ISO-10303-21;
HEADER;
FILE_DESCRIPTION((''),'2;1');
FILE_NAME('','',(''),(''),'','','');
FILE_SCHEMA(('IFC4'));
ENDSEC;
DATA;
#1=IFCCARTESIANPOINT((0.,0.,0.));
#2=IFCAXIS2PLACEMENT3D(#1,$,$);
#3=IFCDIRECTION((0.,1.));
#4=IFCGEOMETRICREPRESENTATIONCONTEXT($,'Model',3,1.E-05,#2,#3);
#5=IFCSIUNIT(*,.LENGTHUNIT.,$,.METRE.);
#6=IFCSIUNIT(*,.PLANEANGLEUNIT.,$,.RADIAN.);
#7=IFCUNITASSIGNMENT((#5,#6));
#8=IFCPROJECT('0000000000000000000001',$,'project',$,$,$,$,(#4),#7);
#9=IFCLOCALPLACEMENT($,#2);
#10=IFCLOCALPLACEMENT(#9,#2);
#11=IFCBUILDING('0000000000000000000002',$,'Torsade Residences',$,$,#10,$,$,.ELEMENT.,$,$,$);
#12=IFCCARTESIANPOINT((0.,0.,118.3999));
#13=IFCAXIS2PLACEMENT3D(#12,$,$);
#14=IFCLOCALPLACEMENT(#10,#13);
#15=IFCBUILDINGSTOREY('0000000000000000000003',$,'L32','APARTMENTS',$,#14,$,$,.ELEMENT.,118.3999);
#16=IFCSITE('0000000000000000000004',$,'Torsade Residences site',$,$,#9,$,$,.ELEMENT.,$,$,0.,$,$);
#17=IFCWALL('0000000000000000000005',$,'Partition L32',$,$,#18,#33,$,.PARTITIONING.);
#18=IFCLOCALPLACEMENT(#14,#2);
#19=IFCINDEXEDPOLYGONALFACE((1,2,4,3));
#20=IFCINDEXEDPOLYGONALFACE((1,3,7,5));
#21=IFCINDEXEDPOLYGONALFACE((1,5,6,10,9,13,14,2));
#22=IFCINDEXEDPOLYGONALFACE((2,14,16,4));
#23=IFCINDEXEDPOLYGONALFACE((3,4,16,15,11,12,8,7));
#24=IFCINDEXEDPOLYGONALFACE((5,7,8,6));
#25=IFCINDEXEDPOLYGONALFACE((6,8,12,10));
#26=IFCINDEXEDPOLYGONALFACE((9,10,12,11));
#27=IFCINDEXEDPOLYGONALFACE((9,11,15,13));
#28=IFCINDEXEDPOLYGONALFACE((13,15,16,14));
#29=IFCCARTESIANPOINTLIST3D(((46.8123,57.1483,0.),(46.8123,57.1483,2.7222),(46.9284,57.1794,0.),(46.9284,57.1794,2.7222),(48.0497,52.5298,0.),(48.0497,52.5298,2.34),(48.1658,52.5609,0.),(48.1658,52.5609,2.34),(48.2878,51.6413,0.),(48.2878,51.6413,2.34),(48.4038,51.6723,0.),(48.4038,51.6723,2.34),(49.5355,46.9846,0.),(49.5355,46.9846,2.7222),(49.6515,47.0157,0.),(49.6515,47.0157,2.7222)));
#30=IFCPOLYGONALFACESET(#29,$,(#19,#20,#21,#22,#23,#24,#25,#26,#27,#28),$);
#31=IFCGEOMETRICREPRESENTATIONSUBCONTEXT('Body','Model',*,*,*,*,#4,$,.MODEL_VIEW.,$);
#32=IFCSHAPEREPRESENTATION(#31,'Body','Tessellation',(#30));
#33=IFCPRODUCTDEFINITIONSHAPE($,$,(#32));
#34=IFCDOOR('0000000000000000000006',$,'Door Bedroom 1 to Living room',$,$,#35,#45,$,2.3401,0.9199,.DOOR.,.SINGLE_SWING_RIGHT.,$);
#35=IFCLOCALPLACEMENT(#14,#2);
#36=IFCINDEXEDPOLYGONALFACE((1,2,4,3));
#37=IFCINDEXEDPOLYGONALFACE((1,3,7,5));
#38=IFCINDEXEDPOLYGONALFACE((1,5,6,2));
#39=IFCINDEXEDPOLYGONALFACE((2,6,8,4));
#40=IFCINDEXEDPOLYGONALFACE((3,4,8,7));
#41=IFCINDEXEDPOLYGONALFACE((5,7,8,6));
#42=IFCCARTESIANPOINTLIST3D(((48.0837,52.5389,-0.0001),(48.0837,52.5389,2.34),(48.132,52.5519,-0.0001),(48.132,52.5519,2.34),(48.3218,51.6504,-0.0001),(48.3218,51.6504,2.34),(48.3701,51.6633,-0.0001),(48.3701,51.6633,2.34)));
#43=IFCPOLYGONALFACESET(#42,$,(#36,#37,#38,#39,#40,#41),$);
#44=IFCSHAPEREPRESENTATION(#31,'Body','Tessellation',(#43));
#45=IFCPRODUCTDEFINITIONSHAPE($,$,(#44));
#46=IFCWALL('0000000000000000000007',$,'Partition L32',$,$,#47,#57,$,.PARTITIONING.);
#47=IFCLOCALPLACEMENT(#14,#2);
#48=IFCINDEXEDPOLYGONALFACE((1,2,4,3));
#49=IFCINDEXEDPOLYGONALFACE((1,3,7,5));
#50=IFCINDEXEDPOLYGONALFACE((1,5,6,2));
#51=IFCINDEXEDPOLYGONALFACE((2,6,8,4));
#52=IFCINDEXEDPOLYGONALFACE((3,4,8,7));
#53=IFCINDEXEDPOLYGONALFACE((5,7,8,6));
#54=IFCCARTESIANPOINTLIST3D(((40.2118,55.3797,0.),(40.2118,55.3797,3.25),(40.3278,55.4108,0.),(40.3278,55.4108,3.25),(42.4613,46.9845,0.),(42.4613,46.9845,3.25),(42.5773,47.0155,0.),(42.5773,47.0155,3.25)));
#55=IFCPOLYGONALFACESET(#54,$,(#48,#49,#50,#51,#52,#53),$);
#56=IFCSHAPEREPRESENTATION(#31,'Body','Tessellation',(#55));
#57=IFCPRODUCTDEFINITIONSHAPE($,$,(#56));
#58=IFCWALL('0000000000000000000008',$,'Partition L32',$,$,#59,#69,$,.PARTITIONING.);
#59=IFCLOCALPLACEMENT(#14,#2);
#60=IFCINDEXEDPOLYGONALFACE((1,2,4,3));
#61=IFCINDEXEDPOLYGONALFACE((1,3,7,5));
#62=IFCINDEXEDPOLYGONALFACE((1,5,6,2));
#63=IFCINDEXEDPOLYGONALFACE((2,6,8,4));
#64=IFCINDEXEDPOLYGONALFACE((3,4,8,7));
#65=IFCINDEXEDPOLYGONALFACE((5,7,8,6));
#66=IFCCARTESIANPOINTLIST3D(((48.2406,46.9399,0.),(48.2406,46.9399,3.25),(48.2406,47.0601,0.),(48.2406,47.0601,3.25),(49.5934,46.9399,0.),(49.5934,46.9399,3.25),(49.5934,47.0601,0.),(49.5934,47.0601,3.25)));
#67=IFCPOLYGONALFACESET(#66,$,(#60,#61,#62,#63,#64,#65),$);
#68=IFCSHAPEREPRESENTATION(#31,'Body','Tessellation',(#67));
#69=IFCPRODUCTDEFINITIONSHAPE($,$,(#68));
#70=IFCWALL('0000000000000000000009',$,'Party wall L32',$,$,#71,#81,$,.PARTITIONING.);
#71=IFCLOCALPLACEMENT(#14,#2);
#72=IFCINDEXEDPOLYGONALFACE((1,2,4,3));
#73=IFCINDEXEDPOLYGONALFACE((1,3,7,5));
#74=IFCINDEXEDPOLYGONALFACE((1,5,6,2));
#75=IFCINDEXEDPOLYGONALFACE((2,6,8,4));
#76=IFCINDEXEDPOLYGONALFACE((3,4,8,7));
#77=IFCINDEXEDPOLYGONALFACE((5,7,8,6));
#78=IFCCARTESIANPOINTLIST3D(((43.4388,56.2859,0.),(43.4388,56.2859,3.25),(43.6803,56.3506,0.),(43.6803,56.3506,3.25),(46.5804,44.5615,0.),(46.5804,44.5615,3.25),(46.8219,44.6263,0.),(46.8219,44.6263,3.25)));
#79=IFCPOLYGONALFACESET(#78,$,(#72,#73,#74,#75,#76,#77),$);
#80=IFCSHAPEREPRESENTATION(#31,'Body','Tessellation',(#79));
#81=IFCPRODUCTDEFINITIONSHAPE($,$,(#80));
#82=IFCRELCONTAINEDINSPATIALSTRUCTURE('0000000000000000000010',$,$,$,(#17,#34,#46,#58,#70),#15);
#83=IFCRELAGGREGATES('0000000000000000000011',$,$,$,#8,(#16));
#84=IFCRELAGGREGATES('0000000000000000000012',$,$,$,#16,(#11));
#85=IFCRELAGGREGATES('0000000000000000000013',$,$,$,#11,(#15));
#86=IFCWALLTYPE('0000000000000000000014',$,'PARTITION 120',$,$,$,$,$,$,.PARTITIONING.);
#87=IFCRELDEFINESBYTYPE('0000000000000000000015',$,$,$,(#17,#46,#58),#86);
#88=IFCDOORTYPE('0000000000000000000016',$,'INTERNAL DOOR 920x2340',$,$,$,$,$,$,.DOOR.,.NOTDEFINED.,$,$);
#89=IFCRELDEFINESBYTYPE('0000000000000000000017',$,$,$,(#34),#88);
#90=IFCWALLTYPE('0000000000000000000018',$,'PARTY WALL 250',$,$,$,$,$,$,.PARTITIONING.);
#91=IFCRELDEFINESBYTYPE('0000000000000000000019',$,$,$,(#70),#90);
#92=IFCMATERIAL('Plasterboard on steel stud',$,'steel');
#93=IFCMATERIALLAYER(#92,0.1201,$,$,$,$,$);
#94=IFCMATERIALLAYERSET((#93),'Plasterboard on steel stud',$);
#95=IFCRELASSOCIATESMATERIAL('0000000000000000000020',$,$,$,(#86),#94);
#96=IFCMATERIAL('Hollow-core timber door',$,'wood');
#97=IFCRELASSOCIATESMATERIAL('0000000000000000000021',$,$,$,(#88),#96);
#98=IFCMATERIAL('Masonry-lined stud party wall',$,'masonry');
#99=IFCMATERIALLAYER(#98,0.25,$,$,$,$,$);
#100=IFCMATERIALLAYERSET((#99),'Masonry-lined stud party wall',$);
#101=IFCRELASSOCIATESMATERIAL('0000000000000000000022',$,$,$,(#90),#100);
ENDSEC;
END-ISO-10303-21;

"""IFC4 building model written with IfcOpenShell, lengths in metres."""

from ifc_helpers import new_model, si_unit, direction, frame, frame_2d, origin, place, context, subcontext, project, spatial, rectangle, extrude, material, layer, layer_set, type_object, element, fill, save


model = new_model("IFC4")

# Units and contexts
model_context = context("Model", 3, precision=1e-05, world=origin(), true_north=direction((0.0, 1.0)))
body_context = subcontext(model_context, "Body", "Model", "MODEL_VIEW")
ifc_project = project(units=[si_unit("LENGTHUNIT", "METRE"), si_unit("PLANEANGLEUNIT", "RADIAN")], contexts=[model_context])

# Site, building, storey
site_placement = place(None, origin())
site = spatial("IfcSite", under=ifc_project, at=site_placement, Name="Torsade Residences site", CompositionType="ELEMENT", RefElevation=0.0)
building_placement = place(site_placement, origin())
building = spatial("IfcBuilding", under=site, at=building_placement, Name="Torsade Residences", CompositionType="ELEMENT")
storey_placement = place(building_placement, frame((0.0, 0.0, 118.3999)))
storey = spatial("IfcBuildingStorey", under=building, at=storey_placement, Name="L32", Description="APARTMENTS", CompositionType="ELEMENT", Elevation=118.3999)

# Wall, opening, door
ifc_material_1 = material(Name="Plasterboard on steel stud", Category="steel")
ifc_layer_1 = layer(ifc_material_1, 0.1201)
ifc_layer_set_1 = layer_set([ifc_layer_1], Name="Plasterboard on steel stud")
wall_type_1 = type_object("IfcWallType", Name="PARTITION 120", PredefinedType="PARTITIONING", material=ifc_layer_set_1)
wall_1_placement = place(storey_placement, frame((49.5935, 47.0, 0.0), z_axis=(0.0, 0.0, 1.0), x_axis=(-0.258798, 0.965932, 0.0)))
wall_1 = element("IfcWall", 1, at=wall_1_placement, inside=storey, type_object=wall_type_1, Name="Partition L32", PredefinedType="PARTITIONING", context=body_context, shape_type="SweptSolid", body=[
    extrude(rectangle(XDim=10.5222, YDim=0.1201, at=frame_2d((5.2612, 0.0))), origin(), (0.0, 0.0, 1.0), 2.7222),
])
opening_1_placement = place(wall_1_placement, frame((4.821, 0.0, 0.0)))
opening_1 = element("IfcOpeningElement", 2, at=opening_1_placement, cuts=wall_1, PredefinedType="OPENING", context=body_context, shape_type="SweptSolid", body=[
    extrude(rectangle(XDim=0.9199, YDim=2.3401, at=frame_2d((0.46, 1.1699))), frame((0.0, 0.0701, 0.0), z_axis=(0.0, -1.0, 0.0), x_axis=(1.0, 0.0, 0.0)), (0.0, 0.0, 1.0), 0.1401),
])
ifc_material_2 = material(Name="Hollow-core timber door", Category="wood")
door_type_1 = type_object("IfcDoorType", Name="INTERNAL DOOR 920x2340", OperationType="NOTDEFINED", PredefinedType="DOOR", material=ifc_material_2)
door_1_placement = place(opening_1_placement, origin())
door_1 = element("IfcDoor", 3, at=door_1_placement, inside=storey, type_object=door_type_1, Name="Door Bedroom 1 to Living room", OperationType="SINGLE_SWING_RIGHT", OverallHeight=2.3401, OverallWidth=0.9199, PredefinedType="DOOR", context=body_context, shape_type="SweptSolid", body=[
    extrude(rectangle(XDim=0.9199, YDim=2.3401, at=frame_2d((0.46, 1.1699))), frame((0.0, 0.0249, 0.0), z_axis=(0.0, -1.0, 0.0), x_axis=(1.0, 0.0, 0.0)), (0.0, 0.0, 1.0), 0.05),
])
fill(opening_1, door_1)

# Walls
wall_2_placement = place(storey_placement, frame((42.5193, 47.0, 0.0), z_axis=(0.0, 0.0, 1.0), x_axis=(-0.25882, 0.965926, 0.0)))
element("IfcWall", 4, at=wall_2_placement, inside=storey, type_object=wall_type_1, Name="Partition L32", PredefinedType="PARTITIONING", context=body_context, shape_type="SweptSolid", body=[
    extrude(rectangle(XDim=8.6914, YDim=0.1201, at=frame_2d((4.3457, 0.0))), origin(), (0.0, 0.0, 1.0), 3.25),
])
wall_3_placement = place(storey_placement, frame((48.2407, 47.0, 0.0), z_axis=(0.0, 0.0, 1.0), x_axis=(1.0, 0.0, 0.0)))
element("IfcWall", 5, at=wall_3_placement, inside=storey, type_object=wall_type_1, Name="Partition L32", PredefinedType="PARTITIONING", context=body_context, shape_type="SweptSolid", body=[
    extrude(rectangle(XDim=1.3528, YDim=0.1201, at=frame_2d((0.6763, 0.0))), origin(), (0.0, 0.0, 1.0), 3.25),
])
ifc_material_3 = material(Name="Masonry-lined stud party wall", Category="masonry")
ifc_layer_2 = layer(ifc_material_3, 0.25)
ifc_layer_set_2 = layer_set([ifc_layer_2], Name="Masonry-lined stud party wall")
wall_type_2 = type_object("IfcWallType", Name="PARTY WALL 250", PredefinedType="PARTITIONING", material=ifc_layer_set_2)
wall_4_placement = place(storey_placement, frame((43.5596, 56.3181, 0.0), z_axis=(0.0, 0.0, 1.0), x_axis=(0.258824, -0.965924, 0.0)))
element("IfcWall", 6, at=wall_4_placement, inside=storey, type_object=wall_type_2, Name="Party wall L32", PredefinedType="PARTITIONING", context=body_context, shape_type="SweptSolid", body=[
    extrude(rectangle(XDim=12.1379, YDim=0.25, at=frame_2d((6.0688, 0.0))), origin(), (0.0, 0.0, 1.0), 3.25),
])

save(model, "model.ifc")
